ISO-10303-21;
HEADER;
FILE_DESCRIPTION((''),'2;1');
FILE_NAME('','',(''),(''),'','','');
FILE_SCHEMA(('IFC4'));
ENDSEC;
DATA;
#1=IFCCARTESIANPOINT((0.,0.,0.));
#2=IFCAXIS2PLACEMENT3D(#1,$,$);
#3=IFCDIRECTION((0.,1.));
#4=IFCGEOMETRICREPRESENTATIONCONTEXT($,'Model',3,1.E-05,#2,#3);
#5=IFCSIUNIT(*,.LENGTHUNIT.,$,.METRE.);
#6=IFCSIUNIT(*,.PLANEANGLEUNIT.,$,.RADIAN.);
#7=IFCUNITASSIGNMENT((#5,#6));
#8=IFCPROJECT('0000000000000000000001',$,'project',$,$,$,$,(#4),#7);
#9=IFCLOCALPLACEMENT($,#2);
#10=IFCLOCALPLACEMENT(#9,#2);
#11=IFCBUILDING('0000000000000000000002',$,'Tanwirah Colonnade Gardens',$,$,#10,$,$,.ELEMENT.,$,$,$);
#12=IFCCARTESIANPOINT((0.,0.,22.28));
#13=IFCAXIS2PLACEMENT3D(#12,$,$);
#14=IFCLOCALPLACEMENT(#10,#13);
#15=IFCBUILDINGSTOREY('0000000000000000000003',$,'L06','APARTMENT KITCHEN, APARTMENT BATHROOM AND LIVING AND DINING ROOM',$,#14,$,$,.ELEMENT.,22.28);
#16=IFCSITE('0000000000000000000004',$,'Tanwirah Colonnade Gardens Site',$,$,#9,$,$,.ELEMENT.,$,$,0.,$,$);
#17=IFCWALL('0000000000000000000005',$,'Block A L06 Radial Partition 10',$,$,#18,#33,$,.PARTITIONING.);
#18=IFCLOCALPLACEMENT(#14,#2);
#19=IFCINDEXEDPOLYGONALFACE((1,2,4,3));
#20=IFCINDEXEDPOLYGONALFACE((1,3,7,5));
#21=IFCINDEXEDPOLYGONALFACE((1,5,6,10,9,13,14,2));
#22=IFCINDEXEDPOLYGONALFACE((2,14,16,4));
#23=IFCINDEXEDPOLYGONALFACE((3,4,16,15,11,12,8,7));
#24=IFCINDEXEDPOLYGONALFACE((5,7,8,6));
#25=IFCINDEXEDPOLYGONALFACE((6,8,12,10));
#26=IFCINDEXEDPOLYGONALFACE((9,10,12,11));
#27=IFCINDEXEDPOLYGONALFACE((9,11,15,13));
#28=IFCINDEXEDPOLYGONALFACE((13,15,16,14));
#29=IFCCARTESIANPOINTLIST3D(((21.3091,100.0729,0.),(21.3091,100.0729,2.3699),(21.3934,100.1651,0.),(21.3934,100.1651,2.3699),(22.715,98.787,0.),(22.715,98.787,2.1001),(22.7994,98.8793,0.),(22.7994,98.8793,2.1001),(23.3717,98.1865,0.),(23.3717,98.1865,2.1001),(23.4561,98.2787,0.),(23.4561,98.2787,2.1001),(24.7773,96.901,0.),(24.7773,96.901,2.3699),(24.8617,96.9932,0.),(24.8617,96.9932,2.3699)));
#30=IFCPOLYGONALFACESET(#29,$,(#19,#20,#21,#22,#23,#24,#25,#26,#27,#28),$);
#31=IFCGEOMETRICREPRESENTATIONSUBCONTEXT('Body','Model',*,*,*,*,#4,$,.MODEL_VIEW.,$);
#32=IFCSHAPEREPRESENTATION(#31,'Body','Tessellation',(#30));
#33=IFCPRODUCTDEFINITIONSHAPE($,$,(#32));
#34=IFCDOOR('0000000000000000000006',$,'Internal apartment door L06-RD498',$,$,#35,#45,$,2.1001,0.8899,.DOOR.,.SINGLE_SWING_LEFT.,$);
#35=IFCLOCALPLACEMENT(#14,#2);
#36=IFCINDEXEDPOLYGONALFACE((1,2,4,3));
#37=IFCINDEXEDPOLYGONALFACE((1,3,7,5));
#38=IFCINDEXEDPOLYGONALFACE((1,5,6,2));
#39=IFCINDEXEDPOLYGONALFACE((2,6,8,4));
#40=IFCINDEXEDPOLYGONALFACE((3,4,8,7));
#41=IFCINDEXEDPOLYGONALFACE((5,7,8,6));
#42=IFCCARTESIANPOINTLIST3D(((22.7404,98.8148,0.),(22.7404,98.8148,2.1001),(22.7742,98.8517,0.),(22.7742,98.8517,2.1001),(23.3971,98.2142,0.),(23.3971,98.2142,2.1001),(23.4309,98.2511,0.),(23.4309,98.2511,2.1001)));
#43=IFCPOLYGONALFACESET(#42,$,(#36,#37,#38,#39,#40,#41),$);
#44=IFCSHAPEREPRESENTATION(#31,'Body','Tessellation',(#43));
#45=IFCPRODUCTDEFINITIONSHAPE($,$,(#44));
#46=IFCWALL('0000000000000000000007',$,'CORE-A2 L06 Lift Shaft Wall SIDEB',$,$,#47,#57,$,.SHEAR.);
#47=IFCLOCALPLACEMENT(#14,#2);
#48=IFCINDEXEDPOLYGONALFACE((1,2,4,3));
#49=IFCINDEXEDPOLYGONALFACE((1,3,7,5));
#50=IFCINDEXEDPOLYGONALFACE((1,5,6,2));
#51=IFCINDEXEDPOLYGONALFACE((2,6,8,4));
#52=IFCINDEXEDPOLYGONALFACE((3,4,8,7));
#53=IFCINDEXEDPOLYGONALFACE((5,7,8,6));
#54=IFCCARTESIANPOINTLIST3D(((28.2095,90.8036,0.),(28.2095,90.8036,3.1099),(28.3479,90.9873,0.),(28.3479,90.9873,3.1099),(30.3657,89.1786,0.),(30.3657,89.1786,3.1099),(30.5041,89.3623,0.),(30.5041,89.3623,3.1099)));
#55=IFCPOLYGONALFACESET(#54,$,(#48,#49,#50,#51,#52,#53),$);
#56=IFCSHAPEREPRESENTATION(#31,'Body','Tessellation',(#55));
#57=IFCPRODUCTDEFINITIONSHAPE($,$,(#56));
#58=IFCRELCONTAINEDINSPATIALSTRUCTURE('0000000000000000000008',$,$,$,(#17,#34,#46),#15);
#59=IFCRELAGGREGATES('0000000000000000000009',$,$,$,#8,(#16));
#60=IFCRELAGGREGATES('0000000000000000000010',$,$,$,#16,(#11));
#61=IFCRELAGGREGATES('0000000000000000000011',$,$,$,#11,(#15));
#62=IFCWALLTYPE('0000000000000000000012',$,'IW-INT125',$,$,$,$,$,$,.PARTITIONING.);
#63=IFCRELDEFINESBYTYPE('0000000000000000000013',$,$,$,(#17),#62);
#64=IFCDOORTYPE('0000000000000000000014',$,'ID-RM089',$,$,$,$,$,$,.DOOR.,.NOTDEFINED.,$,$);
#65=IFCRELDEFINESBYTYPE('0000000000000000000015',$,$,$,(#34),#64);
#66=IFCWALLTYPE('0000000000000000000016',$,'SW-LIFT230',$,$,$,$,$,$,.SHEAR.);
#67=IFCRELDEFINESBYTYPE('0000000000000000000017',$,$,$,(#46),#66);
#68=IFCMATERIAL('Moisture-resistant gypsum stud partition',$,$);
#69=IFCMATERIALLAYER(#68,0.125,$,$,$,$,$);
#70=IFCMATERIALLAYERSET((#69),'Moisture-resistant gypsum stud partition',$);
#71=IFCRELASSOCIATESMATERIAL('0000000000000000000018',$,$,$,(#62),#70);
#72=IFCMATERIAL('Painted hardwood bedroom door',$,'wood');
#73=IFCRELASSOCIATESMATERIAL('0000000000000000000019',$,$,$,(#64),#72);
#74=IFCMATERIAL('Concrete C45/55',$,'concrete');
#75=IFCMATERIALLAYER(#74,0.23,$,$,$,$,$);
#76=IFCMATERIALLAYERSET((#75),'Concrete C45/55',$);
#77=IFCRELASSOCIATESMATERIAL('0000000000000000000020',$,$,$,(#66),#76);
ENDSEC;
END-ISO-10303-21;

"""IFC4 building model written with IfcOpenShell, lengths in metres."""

from ifc_helpers import new_model, si_unit, direction, frame, frame_2d, origin, place, context, subcontext, project, spatial, rectangle, extrude, material, layer, layer_set, type_object, element, fill, save


model = new_model("IFC4")

# Units and contexts
model_context = context("Model", 3, precision=1e-05, world=origin(), true_north=direction((0.0, 1.0)))
body_context = subcontext(model_context, "Body", "Model", "MODEL_VIEW")
ifc_project = project(units=[si_unit("LENGTHUNIT", "METRE"), si_unit("PLANEANGLEUNIT", "RADIAN")], contexts=[model_context])

# Site, building, storey
site_placement = place(None, origin())
site = spatial("IfcSite", under=ifc_project, at=site_placement, Name="Tanwirah Colonnade Gardens Site", CompositionType="ELEMENT", RefElevation=0.0)
building_placement = place(site_placement, origin())
building = spatial("IfcBuilding", under=site, at=building_placement, Name="Tanwirah Colonnade Gardens", CompositionType="ELEMENT")
storey_placement = place(building_placement, frame((0.0, 0.0, 22.28)))
storey = spatial("IfcBuildingStorey", under=building, at=storey_placement, Name="L06", Description="APARTMENT KITCHEN, APARTMENT BATHROOM AND LIVING AND DINING ROOM", CompositionType="ELEMENT", Elevation=22.28)

# Wall, opening, door
ifc_material_1 = material(Name="Moisture-resistant gypsum stud partition")
ifc_layer_1 = layer(ifc_material_1, 0.125)
ifc_layer_set_1 = layer_set([ifc_layer_1], Name="Moisture-resistant gypsum stud partition")
wall_type_1 = type_object("IfcWallType", Name="IW-INT125", PredefinedType="PARTITIONING", material=ifc_layer_set_1)
ifc_material_2 = material(Name="Painted hardwood bedroom door", Category="wood")
door_type_1 = type_object("IfcDoorType", Name="ID-RM089", OperationType="NOTDEFINED", PredefinedType="DOOR", material=ifc_material_2)
wall_1_placement = place(storey_placement, frame((24.8196, 96.947, 0.0), z_axis=(0.0, 0.0, 1.0), x_axis=(-0.737934, 0.674873, 0.0)))
wall_1 = element("IfcWall", 1, at=wall_1_placement, inside=storey, type_object=wall_type_1, Name="Block A L06 Radial Partition 10", PredefinedType="PARTITIONING", context=body_context, shape_type="SweptSolid", body=[
    extrude(rectangle(XDim=4.7, YDim=0.125, at=frame_2d((2.3501, 0.0))), origin(), (0.0, 0.0, 1.0), 2.3699),
])
opening_1_placement = place(wall_1_placement, frame((1.905, 0.0, 0.0)))
opening_1 = element("IfcOpeningElement", 2, at=opening_1_placement, cuts=wall_1, PredefinedType="OPENING", context=body_context, shape_type="SweptSolid", body=[
    extrude(rectangle(XDim=0.8899, YDim=2.1001, at=frame_2d((0.4448, 1.05))), frame((0.0, 0.0725, 0.0), z_axis=(0.0, -1.0, 0.0), x_axis=(1.0, 0.0, 0.0)), (0.0, 0.0, 1.0), 0.145),
])
door_1_placement = place(opening_1_placement, origin())
door_1 = element("IfcDoor", 3, at=door_1_placement, inside=storey, type_object=door_type_1, Name="Internal apartment door L06-RD498", OperationType="SINGLE_SWING_LEFT", OverallHeight=2.1001, OverallWidth=0.8899, PredefinedType="DOOR", context=body_context, shape_type="SweptSolid", body=[
    extrude(rectangle(XDim=0.8899, YDim=2.1001, at=frame_2d((0.4448, 1.05))), frame((0.0, 0.0249, 0.0), z_axis=(0.0, -1.0, 0.0), x_axis=(1.0, 0.0, 0.0)), (0.0, 0.0, 1.0), 0.05),
])
fill(opening_1, door_1)
ifc_material_3 = material(Name="Concrete C45/55", Category="concrete")

# Wall
ifc_layer_2 = layer(ifc_material_3, 0.23)
ifc_layer_set_2 = layer_set([ifc_layer_2], Name="Concrete C45/55")
wall_type_2 = type_object("IfcWallType", Name="SW-LIFT230", PredefinedType="SHEAR", material=ifc_layer_set_2)
wall_2_placement = place(storey_placement, frame((28.2786, 90.8955, 0.0), z_axis=(0.0, 0.0, 1.0), x_axis=(0.798609, -0.60185, 0.0)))
element("IfcWall", 4, at=wall_2_placement, inside=storey, type_object=wall_type_2, Name="CORE-A2 L06 Lift Shaft Wall SIDEB", PredefinedType="SHEAR", context=body_context, shape_type="SweptSolid", body=[
    extrude(rectangle(XDim=2.7, YDim=0.23, at=frame_2d((1.3501, 0.0))), origin(), (0.0, 0.0, 1.0), 3.1099),
])

save(model, "model.ifc")
